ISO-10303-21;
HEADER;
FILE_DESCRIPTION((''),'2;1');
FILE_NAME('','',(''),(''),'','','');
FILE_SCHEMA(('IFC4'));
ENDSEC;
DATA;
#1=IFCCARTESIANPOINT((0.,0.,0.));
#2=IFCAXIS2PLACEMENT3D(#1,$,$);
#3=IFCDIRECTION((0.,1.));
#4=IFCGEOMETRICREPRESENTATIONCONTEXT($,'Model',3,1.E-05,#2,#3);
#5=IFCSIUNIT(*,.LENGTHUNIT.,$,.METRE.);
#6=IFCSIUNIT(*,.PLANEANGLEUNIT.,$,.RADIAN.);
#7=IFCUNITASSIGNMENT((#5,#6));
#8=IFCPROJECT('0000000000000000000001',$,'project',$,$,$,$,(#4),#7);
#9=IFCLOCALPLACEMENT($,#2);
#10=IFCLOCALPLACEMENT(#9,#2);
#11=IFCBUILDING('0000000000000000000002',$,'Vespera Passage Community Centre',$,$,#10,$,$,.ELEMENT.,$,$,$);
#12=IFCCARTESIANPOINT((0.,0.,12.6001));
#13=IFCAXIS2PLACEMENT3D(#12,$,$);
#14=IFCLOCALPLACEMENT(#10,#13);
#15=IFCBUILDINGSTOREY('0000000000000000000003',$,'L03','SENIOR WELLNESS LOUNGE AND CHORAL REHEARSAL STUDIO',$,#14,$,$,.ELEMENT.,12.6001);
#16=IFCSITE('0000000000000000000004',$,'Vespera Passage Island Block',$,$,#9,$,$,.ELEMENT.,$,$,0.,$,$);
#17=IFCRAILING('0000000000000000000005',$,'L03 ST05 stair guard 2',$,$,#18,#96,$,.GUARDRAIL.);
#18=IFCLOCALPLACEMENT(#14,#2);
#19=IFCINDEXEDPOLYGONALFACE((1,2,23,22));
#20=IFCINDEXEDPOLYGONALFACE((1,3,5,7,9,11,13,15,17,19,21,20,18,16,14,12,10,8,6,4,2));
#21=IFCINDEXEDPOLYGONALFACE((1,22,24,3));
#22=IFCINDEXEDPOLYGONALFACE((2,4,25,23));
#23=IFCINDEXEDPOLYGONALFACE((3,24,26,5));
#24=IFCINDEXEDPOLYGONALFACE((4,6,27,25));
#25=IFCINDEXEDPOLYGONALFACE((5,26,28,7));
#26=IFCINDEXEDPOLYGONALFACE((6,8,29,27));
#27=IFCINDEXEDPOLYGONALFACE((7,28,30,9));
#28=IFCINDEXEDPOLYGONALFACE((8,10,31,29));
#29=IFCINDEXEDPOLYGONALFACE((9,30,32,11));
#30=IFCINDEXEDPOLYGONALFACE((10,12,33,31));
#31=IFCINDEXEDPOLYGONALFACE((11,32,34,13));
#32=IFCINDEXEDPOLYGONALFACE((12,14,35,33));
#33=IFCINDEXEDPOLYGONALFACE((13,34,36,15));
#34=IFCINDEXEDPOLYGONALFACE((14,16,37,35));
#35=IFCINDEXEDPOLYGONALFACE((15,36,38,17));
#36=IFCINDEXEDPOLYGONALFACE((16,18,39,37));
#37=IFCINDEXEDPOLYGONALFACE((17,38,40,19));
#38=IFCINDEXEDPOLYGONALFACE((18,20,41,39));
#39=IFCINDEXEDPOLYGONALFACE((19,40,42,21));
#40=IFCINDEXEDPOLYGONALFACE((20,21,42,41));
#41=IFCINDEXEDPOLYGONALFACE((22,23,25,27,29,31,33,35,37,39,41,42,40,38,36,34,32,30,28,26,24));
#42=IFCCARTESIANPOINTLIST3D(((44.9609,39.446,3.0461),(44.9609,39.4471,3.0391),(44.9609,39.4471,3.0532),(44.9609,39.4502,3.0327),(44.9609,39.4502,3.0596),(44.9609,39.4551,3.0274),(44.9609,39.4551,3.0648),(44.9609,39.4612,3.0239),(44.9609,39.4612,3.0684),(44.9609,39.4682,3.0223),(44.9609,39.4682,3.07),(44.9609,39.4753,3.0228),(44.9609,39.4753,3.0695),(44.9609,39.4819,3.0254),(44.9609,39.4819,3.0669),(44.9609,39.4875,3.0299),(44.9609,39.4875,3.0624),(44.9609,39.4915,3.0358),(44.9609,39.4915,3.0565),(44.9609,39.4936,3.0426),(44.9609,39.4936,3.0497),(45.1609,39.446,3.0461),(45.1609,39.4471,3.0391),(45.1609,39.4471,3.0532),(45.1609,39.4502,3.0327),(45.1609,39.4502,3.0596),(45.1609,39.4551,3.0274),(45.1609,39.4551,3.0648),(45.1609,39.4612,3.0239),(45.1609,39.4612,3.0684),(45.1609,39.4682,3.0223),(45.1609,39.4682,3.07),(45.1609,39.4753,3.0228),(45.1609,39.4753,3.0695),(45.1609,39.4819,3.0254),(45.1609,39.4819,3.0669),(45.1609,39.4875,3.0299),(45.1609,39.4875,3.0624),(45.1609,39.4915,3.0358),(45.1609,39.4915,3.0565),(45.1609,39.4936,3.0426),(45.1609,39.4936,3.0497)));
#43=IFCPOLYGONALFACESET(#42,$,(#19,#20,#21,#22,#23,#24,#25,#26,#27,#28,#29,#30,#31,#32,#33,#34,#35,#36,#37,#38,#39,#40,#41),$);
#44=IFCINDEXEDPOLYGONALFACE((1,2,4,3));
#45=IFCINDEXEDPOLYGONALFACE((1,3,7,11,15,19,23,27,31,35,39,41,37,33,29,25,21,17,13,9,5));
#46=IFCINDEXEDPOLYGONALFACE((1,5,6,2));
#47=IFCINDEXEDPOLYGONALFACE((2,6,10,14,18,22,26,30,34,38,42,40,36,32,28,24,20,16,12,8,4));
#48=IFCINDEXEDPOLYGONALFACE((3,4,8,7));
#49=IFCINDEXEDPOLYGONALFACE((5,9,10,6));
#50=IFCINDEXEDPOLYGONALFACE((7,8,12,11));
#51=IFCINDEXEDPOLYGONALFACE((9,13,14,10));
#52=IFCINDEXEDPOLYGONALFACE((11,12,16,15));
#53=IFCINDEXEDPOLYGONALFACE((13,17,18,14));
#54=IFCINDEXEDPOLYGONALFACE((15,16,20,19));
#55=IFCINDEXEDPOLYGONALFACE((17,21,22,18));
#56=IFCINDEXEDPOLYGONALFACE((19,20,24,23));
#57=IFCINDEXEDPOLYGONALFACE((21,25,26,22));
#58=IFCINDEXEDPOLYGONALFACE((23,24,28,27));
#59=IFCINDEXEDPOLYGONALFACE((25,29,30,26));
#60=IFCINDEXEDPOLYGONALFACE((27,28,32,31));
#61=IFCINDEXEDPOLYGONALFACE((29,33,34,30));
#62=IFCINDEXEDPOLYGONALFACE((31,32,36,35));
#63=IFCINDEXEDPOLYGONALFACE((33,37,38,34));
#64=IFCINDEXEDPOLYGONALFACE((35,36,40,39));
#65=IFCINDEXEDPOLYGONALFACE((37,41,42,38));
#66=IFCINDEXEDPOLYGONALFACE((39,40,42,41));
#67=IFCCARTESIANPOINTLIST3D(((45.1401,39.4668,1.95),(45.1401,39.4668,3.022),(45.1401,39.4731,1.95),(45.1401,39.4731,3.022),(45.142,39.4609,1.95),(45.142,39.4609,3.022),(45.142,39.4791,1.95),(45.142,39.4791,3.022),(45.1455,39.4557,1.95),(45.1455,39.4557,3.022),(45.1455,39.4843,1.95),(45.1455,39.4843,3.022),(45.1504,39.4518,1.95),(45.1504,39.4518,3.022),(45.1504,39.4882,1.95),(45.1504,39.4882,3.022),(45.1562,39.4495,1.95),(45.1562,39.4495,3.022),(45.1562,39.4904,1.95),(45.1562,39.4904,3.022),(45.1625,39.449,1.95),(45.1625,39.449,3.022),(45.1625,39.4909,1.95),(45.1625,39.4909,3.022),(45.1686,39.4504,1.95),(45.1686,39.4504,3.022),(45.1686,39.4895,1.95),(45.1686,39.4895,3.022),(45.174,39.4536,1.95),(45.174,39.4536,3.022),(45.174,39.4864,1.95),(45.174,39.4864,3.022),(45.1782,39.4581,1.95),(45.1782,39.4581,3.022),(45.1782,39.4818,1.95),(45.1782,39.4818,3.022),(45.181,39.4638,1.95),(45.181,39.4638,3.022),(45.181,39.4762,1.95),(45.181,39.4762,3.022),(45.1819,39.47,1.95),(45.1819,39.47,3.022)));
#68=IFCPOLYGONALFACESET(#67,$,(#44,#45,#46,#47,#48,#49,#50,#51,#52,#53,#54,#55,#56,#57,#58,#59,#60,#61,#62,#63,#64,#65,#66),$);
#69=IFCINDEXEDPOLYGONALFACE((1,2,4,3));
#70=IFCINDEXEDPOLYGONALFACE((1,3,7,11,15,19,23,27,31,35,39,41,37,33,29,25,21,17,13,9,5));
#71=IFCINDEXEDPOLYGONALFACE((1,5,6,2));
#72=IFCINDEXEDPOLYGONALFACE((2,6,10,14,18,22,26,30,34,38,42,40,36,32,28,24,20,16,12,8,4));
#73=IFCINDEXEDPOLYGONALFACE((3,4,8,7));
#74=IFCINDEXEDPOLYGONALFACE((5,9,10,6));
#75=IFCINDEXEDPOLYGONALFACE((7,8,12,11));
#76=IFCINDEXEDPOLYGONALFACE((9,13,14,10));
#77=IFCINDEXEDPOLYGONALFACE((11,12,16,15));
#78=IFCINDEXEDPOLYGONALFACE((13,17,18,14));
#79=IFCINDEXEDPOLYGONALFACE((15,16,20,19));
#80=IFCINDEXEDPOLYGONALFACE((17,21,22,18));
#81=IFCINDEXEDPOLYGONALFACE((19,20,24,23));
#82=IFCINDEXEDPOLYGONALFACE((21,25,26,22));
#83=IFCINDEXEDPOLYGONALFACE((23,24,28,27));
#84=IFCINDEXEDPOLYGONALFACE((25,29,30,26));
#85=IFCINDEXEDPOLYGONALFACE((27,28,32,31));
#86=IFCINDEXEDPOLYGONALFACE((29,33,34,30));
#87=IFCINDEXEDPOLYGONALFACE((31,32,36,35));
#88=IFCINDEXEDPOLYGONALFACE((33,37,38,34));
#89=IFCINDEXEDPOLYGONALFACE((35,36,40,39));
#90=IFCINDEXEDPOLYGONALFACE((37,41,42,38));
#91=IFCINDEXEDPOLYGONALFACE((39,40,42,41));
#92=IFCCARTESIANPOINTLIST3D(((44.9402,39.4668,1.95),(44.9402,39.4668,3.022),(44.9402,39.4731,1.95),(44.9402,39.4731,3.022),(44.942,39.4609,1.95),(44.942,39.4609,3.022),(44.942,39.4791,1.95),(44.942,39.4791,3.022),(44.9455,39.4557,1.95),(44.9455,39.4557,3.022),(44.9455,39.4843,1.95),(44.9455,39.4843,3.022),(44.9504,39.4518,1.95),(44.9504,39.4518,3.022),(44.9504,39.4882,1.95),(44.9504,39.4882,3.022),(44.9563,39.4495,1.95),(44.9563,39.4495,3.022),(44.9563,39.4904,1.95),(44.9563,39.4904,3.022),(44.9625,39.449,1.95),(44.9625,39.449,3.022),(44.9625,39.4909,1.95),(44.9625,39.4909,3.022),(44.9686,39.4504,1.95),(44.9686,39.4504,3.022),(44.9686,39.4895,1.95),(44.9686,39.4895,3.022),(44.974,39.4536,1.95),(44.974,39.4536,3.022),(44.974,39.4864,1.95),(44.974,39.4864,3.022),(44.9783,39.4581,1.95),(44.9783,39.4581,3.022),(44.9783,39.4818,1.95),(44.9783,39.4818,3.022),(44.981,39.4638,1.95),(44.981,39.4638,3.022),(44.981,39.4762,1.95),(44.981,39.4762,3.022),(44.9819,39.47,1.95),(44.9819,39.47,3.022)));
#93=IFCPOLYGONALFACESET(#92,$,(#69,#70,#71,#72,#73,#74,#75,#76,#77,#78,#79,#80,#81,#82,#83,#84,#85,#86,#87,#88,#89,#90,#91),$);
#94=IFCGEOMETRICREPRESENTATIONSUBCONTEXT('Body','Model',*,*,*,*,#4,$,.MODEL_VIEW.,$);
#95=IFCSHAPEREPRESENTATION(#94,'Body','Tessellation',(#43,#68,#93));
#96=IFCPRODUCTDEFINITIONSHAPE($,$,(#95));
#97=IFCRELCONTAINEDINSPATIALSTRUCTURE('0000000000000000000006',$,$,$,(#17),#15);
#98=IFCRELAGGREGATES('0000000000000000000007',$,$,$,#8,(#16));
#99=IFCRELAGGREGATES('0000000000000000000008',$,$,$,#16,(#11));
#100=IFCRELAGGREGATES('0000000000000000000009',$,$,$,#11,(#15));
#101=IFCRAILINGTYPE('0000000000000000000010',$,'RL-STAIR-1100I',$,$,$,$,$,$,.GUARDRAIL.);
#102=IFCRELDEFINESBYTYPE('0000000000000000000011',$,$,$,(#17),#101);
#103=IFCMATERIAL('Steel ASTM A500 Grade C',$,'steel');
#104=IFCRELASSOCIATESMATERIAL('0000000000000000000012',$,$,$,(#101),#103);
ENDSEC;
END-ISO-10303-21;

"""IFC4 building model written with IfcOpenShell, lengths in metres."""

from ifc_helpers import new_model, si_unit, direction, frame, origin, origin_2d, place, context, subcontext, project, spatial, circle, extrude, material, type_object, element, save


model = new_model("IFC4")

# Units and contexts
model_context = context("Model", 3, precision=1e-05, world=origin(), true_north=direction((0.0, 1.0)))
body_context = subcontext(model_context, "Body", "Model", "MODEL_VIEW")
ifc_project = project(units=[si_unit("LENGTHUNIT", "METRE"), si_unit("PLANEANGLEUNIT", "RADIAN")], contexts=[model_context])

# Site, building, storey
site_placement = place(None, origin())
site = spatial("IfcSite", under=ifc_project, at=site_placement, Name="Vespera Passage Island Block", CompositionType="ELEMENT", RefElevation=0.0)
building_placement = place(site_placement, origin())
building = spatial("IfcBuilding", under=site, at=building_placement, Name="Vespera Passage Community Centre", CompositionType="ELEMENT")
storey_placement = place(building_placement, frame((0.0, 0.0, 12.6001)))
storey = spatial("IfcBuildingStorey", under=building, at=storey_placement, Name="L03", Description="SENIOR WELLNESS LOUNGE AND CHORAL REHEARSAL STUDIO", CompositionType="ELEMENT", Elevation=12.6001)

# Railing
ifc_material_1 = material(Name="Steel ASTM A500 Grade C", Category="steel")
railing_type_1 = type_object("IfcRailingType", Name="RL-STAIR-1100I", PredefinedType="GUARDRAIL", material=ifc_material_1)
railing_1_placement = place(storey_placement, frame((45.1609, 39.47, 1.95)))
element("IfcRailing", 1, at=railing_1_placement, inside=storey, type_object=railing_type_1, Name="L03 ST05 stair guard 2", PredefinedType="GUARDRAIL", context=body_context, shape_type="SweptSolid", body=[
    extrude(circle(Radius=0.0239, at=origin_2d()), frame((0.0, 0.0, 1.0962), z_axis=(-1.0, 0.0, 0.0), x_axis=(0.0, -1.0, 0.0)), (0.0, 0.0, 1.0), 0.2),
    extrude(circle(Radius=0.021, at=origin_2d()), origin(), (0.0, 0.0, 1.0), 1.072),
    extrude(circle(Radius=0.021, at=origin_2d()), frame((-0.2, 0.0, 0.0)), (0.0, 0.0, 1.0), 1.072),
])

save(model, "model.ifc")
